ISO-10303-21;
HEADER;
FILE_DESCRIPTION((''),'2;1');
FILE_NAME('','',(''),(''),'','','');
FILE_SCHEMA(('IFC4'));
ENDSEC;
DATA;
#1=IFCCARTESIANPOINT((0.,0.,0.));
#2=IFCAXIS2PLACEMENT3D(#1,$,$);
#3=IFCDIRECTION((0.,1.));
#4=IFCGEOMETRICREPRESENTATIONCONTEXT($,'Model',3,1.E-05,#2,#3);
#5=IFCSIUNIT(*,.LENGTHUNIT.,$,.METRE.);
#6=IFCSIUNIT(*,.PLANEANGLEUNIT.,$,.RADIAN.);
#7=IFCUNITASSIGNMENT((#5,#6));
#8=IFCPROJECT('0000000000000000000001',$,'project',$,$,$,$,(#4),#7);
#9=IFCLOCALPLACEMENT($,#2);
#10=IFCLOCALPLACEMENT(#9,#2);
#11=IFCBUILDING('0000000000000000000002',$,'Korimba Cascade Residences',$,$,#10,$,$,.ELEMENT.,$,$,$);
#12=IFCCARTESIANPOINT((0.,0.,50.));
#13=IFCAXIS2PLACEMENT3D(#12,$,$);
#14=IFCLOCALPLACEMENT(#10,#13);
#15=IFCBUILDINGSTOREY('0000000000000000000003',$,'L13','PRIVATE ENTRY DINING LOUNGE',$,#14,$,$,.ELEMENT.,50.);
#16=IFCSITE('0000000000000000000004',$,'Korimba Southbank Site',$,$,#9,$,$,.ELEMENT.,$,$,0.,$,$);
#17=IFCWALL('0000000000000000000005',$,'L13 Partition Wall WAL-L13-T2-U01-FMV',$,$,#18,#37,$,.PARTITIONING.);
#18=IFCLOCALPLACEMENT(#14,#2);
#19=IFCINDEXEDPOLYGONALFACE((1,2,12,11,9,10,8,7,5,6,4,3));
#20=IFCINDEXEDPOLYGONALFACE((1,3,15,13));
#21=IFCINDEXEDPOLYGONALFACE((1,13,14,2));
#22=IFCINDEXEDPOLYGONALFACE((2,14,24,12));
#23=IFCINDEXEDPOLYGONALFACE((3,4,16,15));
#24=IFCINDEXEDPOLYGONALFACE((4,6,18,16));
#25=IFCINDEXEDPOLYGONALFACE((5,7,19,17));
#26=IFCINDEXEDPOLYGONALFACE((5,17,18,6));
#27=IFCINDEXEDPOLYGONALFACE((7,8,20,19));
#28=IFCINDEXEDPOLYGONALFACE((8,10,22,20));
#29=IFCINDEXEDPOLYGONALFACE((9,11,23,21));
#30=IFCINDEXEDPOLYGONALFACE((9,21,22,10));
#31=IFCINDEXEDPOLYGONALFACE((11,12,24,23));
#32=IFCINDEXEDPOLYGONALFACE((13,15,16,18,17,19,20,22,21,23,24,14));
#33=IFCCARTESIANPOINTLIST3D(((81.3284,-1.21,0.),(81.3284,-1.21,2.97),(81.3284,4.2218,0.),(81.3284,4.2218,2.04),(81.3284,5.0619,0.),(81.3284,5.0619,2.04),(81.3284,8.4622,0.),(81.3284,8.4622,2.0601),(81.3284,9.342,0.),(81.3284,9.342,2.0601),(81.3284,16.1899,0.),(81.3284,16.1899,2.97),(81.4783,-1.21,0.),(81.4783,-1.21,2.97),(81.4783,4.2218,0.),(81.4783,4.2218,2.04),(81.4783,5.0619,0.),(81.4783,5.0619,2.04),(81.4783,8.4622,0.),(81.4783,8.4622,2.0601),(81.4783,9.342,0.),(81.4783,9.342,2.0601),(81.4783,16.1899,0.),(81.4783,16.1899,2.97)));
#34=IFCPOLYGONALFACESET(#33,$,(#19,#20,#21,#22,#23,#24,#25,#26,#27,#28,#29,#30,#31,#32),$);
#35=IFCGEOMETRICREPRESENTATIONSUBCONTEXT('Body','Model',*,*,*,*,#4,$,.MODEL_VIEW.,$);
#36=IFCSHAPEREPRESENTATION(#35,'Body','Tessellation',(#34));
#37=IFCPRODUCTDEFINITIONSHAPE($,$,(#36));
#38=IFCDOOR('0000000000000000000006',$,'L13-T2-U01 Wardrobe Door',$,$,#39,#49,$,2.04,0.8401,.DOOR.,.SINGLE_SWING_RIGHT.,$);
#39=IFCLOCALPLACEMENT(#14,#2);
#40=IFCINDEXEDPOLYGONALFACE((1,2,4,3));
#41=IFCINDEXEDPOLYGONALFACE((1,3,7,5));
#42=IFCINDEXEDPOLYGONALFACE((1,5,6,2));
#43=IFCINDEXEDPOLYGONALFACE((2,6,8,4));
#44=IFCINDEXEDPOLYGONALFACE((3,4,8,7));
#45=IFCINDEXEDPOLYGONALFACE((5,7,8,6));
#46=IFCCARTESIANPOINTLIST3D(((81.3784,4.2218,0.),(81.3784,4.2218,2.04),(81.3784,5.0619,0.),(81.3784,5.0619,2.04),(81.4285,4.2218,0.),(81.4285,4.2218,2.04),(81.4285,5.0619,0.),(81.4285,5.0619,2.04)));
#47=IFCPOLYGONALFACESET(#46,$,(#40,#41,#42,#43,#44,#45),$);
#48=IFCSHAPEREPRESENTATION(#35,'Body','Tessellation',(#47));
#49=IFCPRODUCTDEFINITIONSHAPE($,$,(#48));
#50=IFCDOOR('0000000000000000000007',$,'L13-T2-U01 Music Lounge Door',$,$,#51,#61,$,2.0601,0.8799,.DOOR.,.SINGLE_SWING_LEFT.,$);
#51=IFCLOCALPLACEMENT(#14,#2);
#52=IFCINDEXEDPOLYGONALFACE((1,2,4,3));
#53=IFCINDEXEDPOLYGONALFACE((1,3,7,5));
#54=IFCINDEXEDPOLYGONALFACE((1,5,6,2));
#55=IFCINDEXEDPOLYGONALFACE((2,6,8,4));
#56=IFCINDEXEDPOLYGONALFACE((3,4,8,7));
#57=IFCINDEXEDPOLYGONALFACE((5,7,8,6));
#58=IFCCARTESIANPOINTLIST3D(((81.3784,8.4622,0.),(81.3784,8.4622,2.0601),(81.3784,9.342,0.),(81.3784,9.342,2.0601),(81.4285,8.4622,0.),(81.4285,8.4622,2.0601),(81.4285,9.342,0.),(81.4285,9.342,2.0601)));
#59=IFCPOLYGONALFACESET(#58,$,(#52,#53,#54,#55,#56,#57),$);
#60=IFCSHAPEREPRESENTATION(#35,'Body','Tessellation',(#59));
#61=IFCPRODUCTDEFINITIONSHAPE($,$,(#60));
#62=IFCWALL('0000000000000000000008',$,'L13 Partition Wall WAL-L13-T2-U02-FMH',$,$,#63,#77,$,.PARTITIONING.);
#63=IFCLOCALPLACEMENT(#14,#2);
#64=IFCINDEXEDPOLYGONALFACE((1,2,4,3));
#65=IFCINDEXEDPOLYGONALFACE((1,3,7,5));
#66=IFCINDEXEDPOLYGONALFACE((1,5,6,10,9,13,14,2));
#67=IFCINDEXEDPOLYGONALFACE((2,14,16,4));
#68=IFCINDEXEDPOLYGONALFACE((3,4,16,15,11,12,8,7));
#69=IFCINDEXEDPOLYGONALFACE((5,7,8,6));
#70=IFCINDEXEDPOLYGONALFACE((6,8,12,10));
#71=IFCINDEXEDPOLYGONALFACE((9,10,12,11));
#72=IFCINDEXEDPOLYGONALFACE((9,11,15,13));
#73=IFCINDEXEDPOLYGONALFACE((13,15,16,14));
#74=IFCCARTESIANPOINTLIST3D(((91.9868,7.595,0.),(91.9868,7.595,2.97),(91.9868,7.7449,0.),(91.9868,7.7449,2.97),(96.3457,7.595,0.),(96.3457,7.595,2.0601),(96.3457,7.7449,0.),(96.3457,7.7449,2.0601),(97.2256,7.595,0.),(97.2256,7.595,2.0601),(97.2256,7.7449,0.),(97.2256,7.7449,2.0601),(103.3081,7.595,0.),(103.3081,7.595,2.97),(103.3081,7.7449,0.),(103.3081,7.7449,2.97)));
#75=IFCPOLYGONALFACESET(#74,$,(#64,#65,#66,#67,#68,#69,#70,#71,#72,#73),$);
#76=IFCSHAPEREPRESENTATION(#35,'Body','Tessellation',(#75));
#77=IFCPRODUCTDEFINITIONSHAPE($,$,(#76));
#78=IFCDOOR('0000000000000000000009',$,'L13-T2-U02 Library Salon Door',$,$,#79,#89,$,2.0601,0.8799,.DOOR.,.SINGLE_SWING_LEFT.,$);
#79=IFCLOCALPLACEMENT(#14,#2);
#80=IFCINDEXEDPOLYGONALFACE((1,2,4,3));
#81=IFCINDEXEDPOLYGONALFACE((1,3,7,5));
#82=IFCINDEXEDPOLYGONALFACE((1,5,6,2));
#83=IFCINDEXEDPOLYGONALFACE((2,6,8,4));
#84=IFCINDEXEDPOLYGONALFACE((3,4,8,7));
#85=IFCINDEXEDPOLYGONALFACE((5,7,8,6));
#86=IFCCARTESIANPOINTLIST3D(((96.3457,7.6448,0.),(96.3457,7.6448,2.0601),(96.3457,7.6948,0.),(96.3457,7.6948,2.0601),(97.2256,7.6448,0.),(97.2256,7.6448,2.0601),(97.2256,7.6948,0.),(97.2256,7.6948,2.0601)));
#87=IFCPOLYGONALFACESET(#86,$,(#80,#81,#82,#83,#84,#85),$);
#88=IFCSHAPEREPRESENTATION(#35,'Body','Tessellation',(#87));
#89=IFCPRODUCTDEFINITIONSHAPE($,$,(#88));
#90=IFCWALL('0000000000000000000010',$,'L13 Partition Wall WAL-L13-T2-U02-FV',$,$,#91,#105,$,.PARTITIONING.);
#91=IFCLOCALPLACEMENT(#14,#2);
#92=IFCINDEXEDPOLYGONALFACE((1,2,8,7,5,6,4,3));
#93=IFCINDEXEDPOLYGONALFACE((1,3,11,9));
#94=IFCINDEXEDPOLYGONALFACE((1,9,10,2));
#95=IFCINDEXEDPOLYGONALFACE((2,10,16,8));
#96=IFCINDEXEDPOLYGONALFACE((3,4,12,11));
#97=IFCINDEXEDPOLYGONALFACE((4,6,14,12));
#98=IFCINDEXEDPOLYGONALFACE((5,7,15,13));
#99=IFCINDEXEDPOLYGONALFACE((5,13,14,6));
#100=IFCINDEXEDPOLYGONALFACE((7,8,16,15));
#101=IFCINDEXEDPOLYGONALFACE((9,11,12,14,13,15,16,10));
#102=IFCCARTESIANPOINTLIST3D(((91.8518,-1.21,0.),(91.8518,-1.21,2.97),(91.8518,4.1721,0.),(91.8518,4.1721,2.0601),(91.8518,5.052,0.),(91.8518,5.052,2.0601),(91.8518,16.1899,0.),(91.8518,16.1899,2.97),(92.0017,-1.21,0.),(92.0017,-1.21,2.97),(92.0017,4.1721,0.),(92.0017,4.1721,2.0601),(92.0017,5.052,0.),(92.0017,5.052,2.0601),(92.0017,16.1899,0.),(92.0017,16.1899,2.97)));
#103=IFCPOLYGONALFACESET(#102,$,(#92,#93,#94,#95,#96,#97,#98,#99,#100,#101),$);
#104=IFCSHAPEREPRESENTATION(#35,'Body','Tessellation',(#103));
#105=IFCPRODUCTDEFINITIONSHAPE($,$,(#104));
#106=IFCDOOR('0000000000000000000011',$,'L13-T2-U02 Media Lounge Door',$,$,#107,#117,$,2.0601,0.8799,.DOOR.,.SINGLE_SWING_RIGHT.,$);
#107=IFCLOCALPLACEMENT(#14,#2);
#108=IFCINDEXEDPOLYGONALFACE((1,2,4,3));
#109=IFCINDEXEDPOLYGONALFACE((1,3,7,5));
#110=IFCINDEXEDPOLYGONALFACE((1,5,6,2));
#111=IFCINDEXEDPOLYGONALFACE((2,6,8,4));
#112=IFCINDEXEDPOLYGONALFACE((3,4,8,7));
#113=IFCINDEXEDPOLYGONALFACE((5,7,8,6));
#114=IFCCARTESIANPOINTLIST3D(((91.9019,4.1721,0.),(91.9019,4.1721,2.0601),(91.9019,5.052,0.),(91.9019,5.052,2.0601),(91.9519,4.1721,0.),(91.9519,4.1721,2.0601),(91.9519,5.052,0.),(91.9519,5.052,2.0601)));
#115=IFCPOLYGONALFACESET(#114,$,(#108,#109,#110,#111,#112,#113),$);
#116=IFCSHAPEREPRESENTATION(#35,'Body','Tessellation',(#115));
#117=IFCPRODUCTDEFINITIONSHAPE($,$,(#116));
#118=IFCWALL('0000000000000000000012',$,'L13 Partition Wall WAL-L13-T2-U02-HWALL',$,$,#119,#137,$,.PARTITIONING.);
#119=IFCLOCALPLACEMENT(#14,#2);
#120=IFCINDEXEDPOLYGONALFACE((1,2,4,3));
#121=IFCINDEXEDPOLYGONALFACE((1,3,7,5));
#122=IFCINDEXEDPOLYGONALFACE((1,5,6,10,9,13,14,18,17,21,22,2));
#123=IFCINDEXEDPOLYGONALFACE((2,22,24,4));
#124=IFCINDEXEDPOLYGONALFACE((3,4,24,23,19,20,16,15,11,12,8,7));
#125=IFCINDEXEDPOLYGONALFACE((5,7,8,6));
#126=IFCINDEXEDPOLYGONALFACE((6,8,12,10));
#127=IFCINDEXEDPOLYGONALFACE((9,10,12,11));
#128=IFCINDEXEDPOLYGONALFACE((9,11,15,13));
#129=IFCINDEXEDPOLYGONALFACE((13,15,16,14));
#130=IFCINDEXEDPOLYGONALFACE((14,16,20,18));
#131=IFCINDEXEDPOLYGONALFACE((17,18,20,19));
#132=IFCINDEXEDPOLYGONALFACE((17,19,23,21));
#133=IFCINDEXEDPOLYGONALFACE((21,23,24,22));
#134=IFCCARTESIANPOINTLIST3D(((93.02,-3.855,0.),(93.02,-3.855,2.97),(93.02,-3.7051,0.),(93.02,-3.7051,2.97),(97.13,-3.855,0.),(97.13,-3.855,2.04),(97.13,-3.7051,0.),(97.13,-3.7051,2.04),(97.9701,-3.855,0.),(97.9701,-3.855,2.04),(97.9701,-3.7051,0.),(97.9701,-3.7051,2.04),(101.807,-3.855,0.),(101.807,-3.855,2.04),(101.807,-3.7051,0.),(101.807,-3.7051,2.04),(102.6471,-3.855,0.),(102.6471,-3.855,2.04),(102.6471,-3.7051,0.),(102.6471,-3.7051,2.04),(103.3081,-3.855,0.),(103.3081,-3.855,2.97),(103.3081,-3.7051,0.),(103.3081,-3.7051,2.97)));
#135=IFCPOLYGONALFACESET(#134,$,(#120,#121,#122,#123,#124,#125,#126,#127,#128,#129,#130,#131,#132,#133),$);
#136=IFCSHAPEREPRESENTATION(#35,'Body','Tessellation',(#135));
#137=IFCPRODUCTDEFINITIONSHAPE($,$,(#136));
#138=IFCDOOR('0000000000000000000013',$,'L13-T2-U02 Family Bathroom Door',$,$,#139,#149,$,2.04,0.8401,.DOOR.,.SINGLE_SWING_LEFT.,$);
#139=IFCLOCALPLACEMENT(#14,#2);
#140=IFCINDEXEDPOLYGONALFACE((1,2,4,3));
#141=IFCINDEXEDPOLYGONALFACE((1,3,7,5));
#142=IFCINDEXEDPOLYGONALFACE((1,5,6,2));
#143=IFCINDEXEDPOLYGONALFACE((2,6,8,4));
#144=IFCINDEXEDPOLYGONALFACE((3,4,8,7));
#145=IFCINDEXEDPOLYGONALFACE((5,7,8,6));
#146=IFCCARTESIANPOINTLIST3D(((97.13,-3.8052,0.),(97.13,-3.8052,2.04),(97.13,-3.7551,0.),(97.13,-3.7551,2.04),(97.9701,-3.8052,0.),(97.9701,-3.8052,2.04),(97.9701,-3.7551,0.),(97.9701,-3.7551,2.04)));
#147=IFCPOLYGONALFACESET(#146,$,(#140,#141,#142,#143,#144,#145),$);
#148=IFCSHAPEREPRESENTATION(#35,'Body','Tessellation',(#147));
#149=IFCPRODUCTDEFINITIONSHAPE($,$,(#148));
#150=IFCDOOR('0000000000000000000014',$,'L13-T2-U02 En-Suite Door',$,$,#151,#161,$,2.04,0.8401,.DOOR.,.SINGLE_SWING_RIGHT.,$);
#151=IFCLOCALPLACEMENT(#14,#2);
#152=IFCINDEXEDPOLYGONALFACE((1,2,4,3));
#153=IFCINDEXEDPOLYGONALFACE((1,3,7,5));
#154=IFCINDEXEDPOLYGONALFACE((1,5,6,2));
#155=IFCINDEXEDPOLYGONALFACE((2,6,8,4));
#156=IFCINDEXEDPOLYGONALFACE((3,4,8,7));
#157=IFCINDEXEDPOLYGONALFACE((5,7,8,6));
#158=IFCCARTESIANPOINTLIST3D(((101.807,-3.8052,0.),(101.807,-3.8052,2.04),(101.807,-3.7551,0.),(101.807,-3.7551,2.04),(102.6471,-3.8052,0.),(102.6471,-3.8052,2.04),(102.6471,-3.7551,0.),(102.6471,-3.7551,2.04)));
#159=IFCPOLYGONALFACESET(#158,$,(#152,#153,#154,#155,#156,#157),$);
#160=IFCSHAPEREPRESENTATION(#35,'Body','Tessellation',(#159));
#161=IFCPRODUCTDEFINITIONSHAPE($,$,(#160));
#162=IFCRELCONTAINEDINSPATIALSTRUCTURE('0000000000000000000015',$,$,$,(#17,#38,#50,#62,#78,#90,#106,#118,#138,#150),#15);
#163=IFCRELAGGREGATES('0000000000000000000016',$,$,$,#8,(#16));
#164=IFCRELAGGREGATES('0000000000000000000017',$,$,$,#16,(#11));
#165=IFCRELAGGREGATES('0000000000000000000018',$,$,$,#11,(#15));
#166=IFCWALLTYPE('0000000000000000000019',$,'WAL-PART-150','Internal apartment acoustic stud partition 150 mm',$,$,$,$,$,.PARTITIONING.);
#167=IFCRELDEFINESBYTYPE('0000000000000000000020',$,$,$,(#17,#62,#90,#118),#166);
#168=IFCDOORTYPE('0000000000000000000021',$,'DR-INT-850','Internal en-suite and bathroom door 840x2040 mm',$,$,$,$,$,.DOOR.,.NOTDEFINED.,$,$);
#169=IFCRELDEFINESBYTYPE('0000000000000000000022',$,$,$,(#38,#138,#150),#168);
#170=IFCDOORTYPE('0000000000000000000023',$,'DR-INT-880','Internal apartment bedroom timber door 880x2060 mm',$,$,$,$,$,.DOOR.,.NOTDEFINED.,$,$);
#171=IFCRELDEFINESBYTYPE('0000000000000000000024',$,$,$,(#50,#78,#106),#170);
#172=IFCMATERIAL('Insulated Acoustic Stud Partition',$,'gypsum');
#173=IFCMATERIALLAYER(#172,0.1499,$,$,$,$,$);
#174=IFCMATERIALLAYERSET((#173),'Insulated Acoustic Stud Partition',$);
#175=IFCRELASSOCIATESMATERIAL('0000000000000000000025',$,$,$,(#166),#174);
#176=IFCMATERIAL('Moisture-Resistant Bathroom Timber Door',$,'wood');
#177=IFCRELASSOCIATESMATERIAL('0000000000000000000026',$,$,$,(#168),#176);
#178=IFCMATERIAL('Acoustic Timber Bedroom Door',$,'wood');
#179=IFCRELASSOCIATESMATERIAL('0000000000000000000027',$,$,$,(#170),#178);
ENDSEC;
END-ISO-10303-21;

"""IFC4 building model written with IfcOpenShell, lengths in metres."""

from ifc_helpers import new_model, si_unit, direction, frame, frame_2d, origin, place, context, subcontext, project, spatial, rectangle, extrude, material, layer, layer_set, type_object, element, fill, save


model = new_model("IFC4")

# Units and contexts
model_context = context("Model", 3, precision=1e-05, world=origin(), true_north=direction((0.0, 1.0)))
body_context = subcontext(model_context, "Body", "Model", "MODEL_VIEW")
ifc_project = project(units=[si_unit("LENGTHUNIT", "METRE"), si_unit("PLANEANGLEUNIT", "RADIAN")], contexts=[model_context])

# Site, building, storey
site_placement = place(None, origin())
site = spatial("IfcSite", under=ifc_project, at=site_placement, Name="Korimba Southbank Site", CompositionType="ELEMENT", RefElevation=0.0)
building_placement = place(site_placement, origin())
building = spatial("IfcBuilding", under=site, at=building_placement, Name="Korimba Cascade Residences", CompositionType="ELEMENT")
storey_placement = place(building_placement, frame((0.0, 0.0, 50.0)))
storey = spatial("IfcBuildingStorey", under=building, at=storey_placement, Name="L13", Description="PRIVATE ENTRY DINING LOUNGE", CompositionType="ELEMENT", Elevation=50.0)

# Wall, openings, doors
ifc_material_1 = material(Name="Insulated Acoustic Stud Partition", Category="gypsum")
ifc_layer_1 = layer(ifc_material_1, 0.1499)
ifc_layer_set_1 = layer_set([ifc_layer_1], Name="Insulated Acoustic Stud Partition")
wall_type_1 = type_object("IfcWallType", Name="WAL-PART-150", Description="Internal apartment acoustic stud partition 150 mm", PredefinedType="PARTITIONING", material=ifc_layer_set_1)
wall_1_placement = place(storey_placement, frame((81.4033, -1.21, 0.0), z_axis=(0.0, 0.0, 1.0), x_axis=(0.0, 1.0, 0.0)))
wall_1 = element("IfcWall", 1, at=wall_1_placement, inside=storey, type_object=wall_type_1, Name="L13 Partition Wall WAL-L13-T2-U01-FMV", PredefinedType="PARTITIONING", context=body_context, shape_type="SweptSolid", body=[
    extrude(rectangle(XDim=17.3999, YDim=0.1499, at=frame_2d((8.7, 0.0))), origin(), (0.0, 0.0, 1.0), 2.97),
])
opening_1_placement = place(wall_1_placement, frame((5.4319, 0.0, 0.0)))
opening_1 = element("IfcOpeningElement", 2, at=opening_1_placement, cuts=wall_1, PredefinedType="OPENING", context=body_context, shape_type="SweptSolid", body=[
    extrude(rectangle(XDim=0.8401, YDim=2.04, at=frame_2d((0.4199, 1.02))), frame((0.0, 0.085, 0.0), z_axis=(0.0, -1.0, 0.0), x_axis=(1.0, 0.0, 0.0)), (0.0, 0.0, 1.0), 0.1699),
])
opening_2_placement = place(wall_1_placement, frame((9.6721, 0.0, 0.0)))
opening_2 = element("IfcOpeningElement", 3, at=opening_2_placement, cuts=wall_1, PredefinedType="OPENING", context=body_context, shape_type="SweptSolid", body=[
    extrude(rectangle(XDim=0.8799, YDim=2.0601, at=frame_2d((0.4399, 1.03))), frame((0.0, 0.085, 0.0), z_axis=(0.0, -1.0, 0.0), x_axis=(1.0, 0.0, 0.0)), (0.0, 0.0, 1.0), 0.1699),
])
ifc_material_2 = material(Name="Moisture-Resistant Bathroom Timber Door", Category="wood")
door_type_1 = type_object("IfcDoorType", Name="DR-INT-850", Description="Internal en-suite and bathroom door 840x2040 mm", OperationType="NOTDEFINED", PredefinedType="DOOR", material=ifc_material_2)
door_1_placement = place(opening_1_placement, origin())
door_1 = element("IfcDoor", 4, at=door_1_placement, inside=storey, type_object=door_type_1, Name="L13-T2-U01 Wardrobe Door", OperationType="SINGLE_SWING_RIGHT", OverallHeight=2.04, OverallWidth=0.8401, PredefinedType="DOOR", context=body_context, shape_type="SweptSolid", body=[
    extrude(rectangle(XDim=0.8401, YDim=2.04, at=frame_2d((0.4199, 1.02))), frame((0.0, 0.0249, 0.0), z_axis=(0.0, -1.0, 0.0), x_axis=(1.0, 0.0, 0.0)), (0.0, 0.0, 1.0), 0.05),
])
fill(opening_1, door_1)
ifc_material_3 = material(Name="Acoustic Timber Bedroom Door", Category="wood")
door_type_2 = type_object("IfcDoorType", Name="DR-INT-880", Description="Internal apartment bedroom timber door 880x2060 mm", OperationType="NOTDEFINED", PredefinedType="DOOR", material=ifc_material_3)
door_2_placement = place(opening_2_placement, origin())
door_2 = element("IfcDoor", 5, at=door_2_placement, inside=storey, type_object=door_type_2, Name="L13-T2-U01 Music Lounge Door", OperationType="SINGLE_SWING_LEFT", OverallHeight=2.0601, OverallWidth=0.8799, PredefinedType="DOOR", context=body_context, shape_type="SweptSolid", body=[
    extrude(rectangle(XDim=0.8799, YDim=2.0601, at=frame_2d((0.4399, 1.03))), frame((0.0, 0.0249, 0.0), z_axis=(0.0, -1.0, 0.0), x_axis=(1.0, 0.0, 0.0)), (0.0, 0.0, 1.0), 0.05),
])
fill(opening_2, door_2)

# Walls, openings, doors
wall_2_placement = place(storey_placement, frame((91.9868, 7.6699, 0.0), z_axis=(0.0, 0.0, 1.0), x_axis=(1.0, 0.0, 0.0)))
wall_2 = element("IfcWall", 6, at=wall_2_placement, inside=storey, type_object=wall_type_1, Name="L13 Partition Wall WAL-L13-T2-U02-FMH", PredefinedType="PARTITIONING", context=body_context, shape_type="SweptSolid", body=[
    extrude(rectangle(XDim=11.3213, YDim=0.1499, at=frame_2d((5.6606, 0.0))), origin(), (0.0, 0.0, 1.0), 2.97),
])
opening_3_placement = place(wall_2_placement, frame((4.3589, 0.0, 0.0)))
opening_3 = element("IfcOpeningElement", 7, at=opening_3_placement, cuts=wall_2, PredefinedType="OPENING", context=body_context, shape_type="SweptSolid", body=[
    extrude(rectangle(XDim=0.8799, YDim=2.0601, at=frame_2d((0.4399, 1.03))), frame((0.0, 0.085, 0.0), z_axis=(0.0, -1.0, 0.0), x_axis=(1.0, 0.0, 0.0)), (0.0, 0.0, 1.0), 0.1699),
])
door_3_placement = place(opening_3_placement, origin())
door_3 = element("IfcDoor", 8, at=door_3_placement, inside=storey, type_object=door_type_2, Name="L13-T2-U02 Library Salon Door", OperationType="SINGLE_SWING_LEFT", OverallHeight=2.0601, OverallWidth=0.8799, PredefinedType="DOOR", context=body_context, shape_type="SweptSolid", body=[
    extrude(rectangle(XDim=0.8799, YDim=2.0601, at=frame_2d((0.4399, 1.03))), frame((0.0, 0.0249, 0.0), z_axis=(0.0, -1.0, 0.0), x_axis=(1.0, 0.0, 0.0)), (0.0, 0.0, 1.0), 0.05),
])
fill(opening_3, door_3)
wall_3_placement = place(storey_placement, frame((91.9268, -1.21, 0.0), z_axis=(0.0, 0.0, 1.0), x_axis=(0.0, 1.0, 0.0)))
wall_3 = element("IfcWall", 9, at=wall_3_placement, inside=storey, type_object=wall_type_1, Name="L13 Partition Wall WAL-L13-T2-U02-FV", PredefinedType="PARTITIONING", context=body_context, shape_type="SweptSolid", body=[
    extrude(rectangle(XDim=17.3999, YDim=0.1499, at=frame_2d((8.7, 0.0))), origin(), (0.0, 0.0, 1.0), 2.97),
])
opening_4_placement = place(wall_3_placement, frame((5.3821, 0.0, 0.0)))
opening_4 = element("IfcOpeningElement", 10, at=opening_4_placement, cuts=wall_3, PredefinedType="OPENING", context=body_context, shape_type="SweptSolid", body=[
    extrude(rectangle(XDim=0.8799, YDim=2.0601, at=frame_2d((0.4399, 1.03))), frame((0.0, 0.085, 0.0), z_axis=(0.0, -1.0, 0.0), x_axis=(1.0, 0.0, 0.0)), (0.0, 0.0, 1.0), 0.1699),
])
door_4_placement = place(opening_4_placement, origin())
door_4 = element("IfcDoor", 11, at=door_4_placement, inside=storey, type_object=door_type_2, Name="L13-T2-U02 Media Lounge Door", OperationType="SINGLE_SWING_RIGHT", OverallHeight=2.0601, OverallWidth=0.8799, PredefinedType="DOOR", context=body_context, shape_type="SweptSolid", body=[
    extrude(rectangle(XDim=0.8799, YDim=2.0601, at=frame_2d((0.4399, 1.03))), frame((0.0, 0.0249, 0.0), z_axis=(0.0, -1.0, 0.0), x_axis=(1.0, 0.0, 0.0)), (0.0, 0.0, 1.0), 0.05),
])
fill(opening_4, door_4)

# Wall, openings, doors
wall_4_placement = place(storey_placement, frame((93.02, -3.78, 0.0), z_axis=(0.0, 0.0, 1.0), x_axis=(1.0, 0.0, 0.0)))
wall_4 = element("IfcWall", 12, at=wall_4_placement, inside=storey, type_object=wall_type_1, Name="L13 Partition Wall WAL-L13-T2-U02-HWALL", PredefinedType="PARTITIONING", context=body_context, shape_type="SweptSolid", body=[
    extrude(rectangle(XDim=10.2881, YDim=0.1499, at=frame_2d((5.144, 0.0))), origin(), (0.0, 0.0, 1.0), 2.97),
])
opening_5_placement = place(wall_4_placement, frame((4.1101, 0.0, 0.0)))
opening_5 = element("IfcOpeningElement", 13, at=opening_5_placement, cuts=wall_4, PredefinedType="OPENING", context=body_context, shape_type="SweptSolid", body=[
    extrude(rectangle(XDim=0.8401, YDim=2.04, at=frame_2d((0.4199, 1.02))), frame((0.0, 0.085, 0.0), z_axis=(0.0, -1.0, 0.0), x_axis=(1.0, 0.0, 0.0)), (0.0, 0.0, 1.0), 0.1699),
])
opening_6_placement = place(wall_4_placement, frame((8.7871, 0.0, 0.0)))
opening_6 = element("IfcOpeningElement", 14, at=opening_6_placement, cuts=wall_4, PredefinedType="OPENING", context=body_context, shape_type="SweptSolid", body=[
    extrude(rectangle(XDim=0.8401, YDim=2.04, at=frame_2d((0.4199, 1.02))), frame((0.0, 0.085, 0.0), z_axis=(0.0, -1.0, 0.0), x_axis=(1.0, 0.0, 0.0)), (0.0, 0.0, 1.0), 0.1699),
])
door_5_placement = place(opening_5_placement, origin())
door_5 = element("IfcDoor", 15, at=door_5_placement, inside=storey, type_object=door_type_1, Name="L13-T2-U02 Family Bathroom Door", OperationType="SINGLE_SWING_LEFT", OverallHeight=2.04, OverallWidth=0.8401, PredefinedType="DOOR", context=body_context, shape_type="SweptSolid", body=[
    extrude(rectangle(XDim=0.8401, YDim=2.04, at=frame_2d((0.4199, 1.02))), frame((0.0, 0.0249, 0.0), z_axis=(0.0, -1.0, 0.0), x_axis=(1.0, 0.0, 0.0)), (0.0, 0.0, 1.0), 0.05),
])
fill(opening_5, door_5)
door_6_placement = place(opening_6_placement, origin())
door_6 = element("IfcDoor", 16, at=door_6_placement, inside=storey, type_object=door_type_1, Name="L13-T2-U02 En-Suite Door", OperationType="SINGLE_SWING_RIGHT", OverallHeight=2.04, OverallWidth=0.8401, PredefinedType="DOOR", context=body_context, shape_type="SweptSolid", body=[
    extrude(rectangle(XDim=0.8401, YDim=2.04, at=frame_2d((0.4199, 1.02))), frame((0.0, 0.0249, 0.0), z_axis=(0.0, -1.0, 0.0), x_axis=(1.0, 0.0, 0.0)), (0.0, 0.0, 1.0), 0.05),
])
fill(opening_6, door_6)

save(model, "model.ifc")
